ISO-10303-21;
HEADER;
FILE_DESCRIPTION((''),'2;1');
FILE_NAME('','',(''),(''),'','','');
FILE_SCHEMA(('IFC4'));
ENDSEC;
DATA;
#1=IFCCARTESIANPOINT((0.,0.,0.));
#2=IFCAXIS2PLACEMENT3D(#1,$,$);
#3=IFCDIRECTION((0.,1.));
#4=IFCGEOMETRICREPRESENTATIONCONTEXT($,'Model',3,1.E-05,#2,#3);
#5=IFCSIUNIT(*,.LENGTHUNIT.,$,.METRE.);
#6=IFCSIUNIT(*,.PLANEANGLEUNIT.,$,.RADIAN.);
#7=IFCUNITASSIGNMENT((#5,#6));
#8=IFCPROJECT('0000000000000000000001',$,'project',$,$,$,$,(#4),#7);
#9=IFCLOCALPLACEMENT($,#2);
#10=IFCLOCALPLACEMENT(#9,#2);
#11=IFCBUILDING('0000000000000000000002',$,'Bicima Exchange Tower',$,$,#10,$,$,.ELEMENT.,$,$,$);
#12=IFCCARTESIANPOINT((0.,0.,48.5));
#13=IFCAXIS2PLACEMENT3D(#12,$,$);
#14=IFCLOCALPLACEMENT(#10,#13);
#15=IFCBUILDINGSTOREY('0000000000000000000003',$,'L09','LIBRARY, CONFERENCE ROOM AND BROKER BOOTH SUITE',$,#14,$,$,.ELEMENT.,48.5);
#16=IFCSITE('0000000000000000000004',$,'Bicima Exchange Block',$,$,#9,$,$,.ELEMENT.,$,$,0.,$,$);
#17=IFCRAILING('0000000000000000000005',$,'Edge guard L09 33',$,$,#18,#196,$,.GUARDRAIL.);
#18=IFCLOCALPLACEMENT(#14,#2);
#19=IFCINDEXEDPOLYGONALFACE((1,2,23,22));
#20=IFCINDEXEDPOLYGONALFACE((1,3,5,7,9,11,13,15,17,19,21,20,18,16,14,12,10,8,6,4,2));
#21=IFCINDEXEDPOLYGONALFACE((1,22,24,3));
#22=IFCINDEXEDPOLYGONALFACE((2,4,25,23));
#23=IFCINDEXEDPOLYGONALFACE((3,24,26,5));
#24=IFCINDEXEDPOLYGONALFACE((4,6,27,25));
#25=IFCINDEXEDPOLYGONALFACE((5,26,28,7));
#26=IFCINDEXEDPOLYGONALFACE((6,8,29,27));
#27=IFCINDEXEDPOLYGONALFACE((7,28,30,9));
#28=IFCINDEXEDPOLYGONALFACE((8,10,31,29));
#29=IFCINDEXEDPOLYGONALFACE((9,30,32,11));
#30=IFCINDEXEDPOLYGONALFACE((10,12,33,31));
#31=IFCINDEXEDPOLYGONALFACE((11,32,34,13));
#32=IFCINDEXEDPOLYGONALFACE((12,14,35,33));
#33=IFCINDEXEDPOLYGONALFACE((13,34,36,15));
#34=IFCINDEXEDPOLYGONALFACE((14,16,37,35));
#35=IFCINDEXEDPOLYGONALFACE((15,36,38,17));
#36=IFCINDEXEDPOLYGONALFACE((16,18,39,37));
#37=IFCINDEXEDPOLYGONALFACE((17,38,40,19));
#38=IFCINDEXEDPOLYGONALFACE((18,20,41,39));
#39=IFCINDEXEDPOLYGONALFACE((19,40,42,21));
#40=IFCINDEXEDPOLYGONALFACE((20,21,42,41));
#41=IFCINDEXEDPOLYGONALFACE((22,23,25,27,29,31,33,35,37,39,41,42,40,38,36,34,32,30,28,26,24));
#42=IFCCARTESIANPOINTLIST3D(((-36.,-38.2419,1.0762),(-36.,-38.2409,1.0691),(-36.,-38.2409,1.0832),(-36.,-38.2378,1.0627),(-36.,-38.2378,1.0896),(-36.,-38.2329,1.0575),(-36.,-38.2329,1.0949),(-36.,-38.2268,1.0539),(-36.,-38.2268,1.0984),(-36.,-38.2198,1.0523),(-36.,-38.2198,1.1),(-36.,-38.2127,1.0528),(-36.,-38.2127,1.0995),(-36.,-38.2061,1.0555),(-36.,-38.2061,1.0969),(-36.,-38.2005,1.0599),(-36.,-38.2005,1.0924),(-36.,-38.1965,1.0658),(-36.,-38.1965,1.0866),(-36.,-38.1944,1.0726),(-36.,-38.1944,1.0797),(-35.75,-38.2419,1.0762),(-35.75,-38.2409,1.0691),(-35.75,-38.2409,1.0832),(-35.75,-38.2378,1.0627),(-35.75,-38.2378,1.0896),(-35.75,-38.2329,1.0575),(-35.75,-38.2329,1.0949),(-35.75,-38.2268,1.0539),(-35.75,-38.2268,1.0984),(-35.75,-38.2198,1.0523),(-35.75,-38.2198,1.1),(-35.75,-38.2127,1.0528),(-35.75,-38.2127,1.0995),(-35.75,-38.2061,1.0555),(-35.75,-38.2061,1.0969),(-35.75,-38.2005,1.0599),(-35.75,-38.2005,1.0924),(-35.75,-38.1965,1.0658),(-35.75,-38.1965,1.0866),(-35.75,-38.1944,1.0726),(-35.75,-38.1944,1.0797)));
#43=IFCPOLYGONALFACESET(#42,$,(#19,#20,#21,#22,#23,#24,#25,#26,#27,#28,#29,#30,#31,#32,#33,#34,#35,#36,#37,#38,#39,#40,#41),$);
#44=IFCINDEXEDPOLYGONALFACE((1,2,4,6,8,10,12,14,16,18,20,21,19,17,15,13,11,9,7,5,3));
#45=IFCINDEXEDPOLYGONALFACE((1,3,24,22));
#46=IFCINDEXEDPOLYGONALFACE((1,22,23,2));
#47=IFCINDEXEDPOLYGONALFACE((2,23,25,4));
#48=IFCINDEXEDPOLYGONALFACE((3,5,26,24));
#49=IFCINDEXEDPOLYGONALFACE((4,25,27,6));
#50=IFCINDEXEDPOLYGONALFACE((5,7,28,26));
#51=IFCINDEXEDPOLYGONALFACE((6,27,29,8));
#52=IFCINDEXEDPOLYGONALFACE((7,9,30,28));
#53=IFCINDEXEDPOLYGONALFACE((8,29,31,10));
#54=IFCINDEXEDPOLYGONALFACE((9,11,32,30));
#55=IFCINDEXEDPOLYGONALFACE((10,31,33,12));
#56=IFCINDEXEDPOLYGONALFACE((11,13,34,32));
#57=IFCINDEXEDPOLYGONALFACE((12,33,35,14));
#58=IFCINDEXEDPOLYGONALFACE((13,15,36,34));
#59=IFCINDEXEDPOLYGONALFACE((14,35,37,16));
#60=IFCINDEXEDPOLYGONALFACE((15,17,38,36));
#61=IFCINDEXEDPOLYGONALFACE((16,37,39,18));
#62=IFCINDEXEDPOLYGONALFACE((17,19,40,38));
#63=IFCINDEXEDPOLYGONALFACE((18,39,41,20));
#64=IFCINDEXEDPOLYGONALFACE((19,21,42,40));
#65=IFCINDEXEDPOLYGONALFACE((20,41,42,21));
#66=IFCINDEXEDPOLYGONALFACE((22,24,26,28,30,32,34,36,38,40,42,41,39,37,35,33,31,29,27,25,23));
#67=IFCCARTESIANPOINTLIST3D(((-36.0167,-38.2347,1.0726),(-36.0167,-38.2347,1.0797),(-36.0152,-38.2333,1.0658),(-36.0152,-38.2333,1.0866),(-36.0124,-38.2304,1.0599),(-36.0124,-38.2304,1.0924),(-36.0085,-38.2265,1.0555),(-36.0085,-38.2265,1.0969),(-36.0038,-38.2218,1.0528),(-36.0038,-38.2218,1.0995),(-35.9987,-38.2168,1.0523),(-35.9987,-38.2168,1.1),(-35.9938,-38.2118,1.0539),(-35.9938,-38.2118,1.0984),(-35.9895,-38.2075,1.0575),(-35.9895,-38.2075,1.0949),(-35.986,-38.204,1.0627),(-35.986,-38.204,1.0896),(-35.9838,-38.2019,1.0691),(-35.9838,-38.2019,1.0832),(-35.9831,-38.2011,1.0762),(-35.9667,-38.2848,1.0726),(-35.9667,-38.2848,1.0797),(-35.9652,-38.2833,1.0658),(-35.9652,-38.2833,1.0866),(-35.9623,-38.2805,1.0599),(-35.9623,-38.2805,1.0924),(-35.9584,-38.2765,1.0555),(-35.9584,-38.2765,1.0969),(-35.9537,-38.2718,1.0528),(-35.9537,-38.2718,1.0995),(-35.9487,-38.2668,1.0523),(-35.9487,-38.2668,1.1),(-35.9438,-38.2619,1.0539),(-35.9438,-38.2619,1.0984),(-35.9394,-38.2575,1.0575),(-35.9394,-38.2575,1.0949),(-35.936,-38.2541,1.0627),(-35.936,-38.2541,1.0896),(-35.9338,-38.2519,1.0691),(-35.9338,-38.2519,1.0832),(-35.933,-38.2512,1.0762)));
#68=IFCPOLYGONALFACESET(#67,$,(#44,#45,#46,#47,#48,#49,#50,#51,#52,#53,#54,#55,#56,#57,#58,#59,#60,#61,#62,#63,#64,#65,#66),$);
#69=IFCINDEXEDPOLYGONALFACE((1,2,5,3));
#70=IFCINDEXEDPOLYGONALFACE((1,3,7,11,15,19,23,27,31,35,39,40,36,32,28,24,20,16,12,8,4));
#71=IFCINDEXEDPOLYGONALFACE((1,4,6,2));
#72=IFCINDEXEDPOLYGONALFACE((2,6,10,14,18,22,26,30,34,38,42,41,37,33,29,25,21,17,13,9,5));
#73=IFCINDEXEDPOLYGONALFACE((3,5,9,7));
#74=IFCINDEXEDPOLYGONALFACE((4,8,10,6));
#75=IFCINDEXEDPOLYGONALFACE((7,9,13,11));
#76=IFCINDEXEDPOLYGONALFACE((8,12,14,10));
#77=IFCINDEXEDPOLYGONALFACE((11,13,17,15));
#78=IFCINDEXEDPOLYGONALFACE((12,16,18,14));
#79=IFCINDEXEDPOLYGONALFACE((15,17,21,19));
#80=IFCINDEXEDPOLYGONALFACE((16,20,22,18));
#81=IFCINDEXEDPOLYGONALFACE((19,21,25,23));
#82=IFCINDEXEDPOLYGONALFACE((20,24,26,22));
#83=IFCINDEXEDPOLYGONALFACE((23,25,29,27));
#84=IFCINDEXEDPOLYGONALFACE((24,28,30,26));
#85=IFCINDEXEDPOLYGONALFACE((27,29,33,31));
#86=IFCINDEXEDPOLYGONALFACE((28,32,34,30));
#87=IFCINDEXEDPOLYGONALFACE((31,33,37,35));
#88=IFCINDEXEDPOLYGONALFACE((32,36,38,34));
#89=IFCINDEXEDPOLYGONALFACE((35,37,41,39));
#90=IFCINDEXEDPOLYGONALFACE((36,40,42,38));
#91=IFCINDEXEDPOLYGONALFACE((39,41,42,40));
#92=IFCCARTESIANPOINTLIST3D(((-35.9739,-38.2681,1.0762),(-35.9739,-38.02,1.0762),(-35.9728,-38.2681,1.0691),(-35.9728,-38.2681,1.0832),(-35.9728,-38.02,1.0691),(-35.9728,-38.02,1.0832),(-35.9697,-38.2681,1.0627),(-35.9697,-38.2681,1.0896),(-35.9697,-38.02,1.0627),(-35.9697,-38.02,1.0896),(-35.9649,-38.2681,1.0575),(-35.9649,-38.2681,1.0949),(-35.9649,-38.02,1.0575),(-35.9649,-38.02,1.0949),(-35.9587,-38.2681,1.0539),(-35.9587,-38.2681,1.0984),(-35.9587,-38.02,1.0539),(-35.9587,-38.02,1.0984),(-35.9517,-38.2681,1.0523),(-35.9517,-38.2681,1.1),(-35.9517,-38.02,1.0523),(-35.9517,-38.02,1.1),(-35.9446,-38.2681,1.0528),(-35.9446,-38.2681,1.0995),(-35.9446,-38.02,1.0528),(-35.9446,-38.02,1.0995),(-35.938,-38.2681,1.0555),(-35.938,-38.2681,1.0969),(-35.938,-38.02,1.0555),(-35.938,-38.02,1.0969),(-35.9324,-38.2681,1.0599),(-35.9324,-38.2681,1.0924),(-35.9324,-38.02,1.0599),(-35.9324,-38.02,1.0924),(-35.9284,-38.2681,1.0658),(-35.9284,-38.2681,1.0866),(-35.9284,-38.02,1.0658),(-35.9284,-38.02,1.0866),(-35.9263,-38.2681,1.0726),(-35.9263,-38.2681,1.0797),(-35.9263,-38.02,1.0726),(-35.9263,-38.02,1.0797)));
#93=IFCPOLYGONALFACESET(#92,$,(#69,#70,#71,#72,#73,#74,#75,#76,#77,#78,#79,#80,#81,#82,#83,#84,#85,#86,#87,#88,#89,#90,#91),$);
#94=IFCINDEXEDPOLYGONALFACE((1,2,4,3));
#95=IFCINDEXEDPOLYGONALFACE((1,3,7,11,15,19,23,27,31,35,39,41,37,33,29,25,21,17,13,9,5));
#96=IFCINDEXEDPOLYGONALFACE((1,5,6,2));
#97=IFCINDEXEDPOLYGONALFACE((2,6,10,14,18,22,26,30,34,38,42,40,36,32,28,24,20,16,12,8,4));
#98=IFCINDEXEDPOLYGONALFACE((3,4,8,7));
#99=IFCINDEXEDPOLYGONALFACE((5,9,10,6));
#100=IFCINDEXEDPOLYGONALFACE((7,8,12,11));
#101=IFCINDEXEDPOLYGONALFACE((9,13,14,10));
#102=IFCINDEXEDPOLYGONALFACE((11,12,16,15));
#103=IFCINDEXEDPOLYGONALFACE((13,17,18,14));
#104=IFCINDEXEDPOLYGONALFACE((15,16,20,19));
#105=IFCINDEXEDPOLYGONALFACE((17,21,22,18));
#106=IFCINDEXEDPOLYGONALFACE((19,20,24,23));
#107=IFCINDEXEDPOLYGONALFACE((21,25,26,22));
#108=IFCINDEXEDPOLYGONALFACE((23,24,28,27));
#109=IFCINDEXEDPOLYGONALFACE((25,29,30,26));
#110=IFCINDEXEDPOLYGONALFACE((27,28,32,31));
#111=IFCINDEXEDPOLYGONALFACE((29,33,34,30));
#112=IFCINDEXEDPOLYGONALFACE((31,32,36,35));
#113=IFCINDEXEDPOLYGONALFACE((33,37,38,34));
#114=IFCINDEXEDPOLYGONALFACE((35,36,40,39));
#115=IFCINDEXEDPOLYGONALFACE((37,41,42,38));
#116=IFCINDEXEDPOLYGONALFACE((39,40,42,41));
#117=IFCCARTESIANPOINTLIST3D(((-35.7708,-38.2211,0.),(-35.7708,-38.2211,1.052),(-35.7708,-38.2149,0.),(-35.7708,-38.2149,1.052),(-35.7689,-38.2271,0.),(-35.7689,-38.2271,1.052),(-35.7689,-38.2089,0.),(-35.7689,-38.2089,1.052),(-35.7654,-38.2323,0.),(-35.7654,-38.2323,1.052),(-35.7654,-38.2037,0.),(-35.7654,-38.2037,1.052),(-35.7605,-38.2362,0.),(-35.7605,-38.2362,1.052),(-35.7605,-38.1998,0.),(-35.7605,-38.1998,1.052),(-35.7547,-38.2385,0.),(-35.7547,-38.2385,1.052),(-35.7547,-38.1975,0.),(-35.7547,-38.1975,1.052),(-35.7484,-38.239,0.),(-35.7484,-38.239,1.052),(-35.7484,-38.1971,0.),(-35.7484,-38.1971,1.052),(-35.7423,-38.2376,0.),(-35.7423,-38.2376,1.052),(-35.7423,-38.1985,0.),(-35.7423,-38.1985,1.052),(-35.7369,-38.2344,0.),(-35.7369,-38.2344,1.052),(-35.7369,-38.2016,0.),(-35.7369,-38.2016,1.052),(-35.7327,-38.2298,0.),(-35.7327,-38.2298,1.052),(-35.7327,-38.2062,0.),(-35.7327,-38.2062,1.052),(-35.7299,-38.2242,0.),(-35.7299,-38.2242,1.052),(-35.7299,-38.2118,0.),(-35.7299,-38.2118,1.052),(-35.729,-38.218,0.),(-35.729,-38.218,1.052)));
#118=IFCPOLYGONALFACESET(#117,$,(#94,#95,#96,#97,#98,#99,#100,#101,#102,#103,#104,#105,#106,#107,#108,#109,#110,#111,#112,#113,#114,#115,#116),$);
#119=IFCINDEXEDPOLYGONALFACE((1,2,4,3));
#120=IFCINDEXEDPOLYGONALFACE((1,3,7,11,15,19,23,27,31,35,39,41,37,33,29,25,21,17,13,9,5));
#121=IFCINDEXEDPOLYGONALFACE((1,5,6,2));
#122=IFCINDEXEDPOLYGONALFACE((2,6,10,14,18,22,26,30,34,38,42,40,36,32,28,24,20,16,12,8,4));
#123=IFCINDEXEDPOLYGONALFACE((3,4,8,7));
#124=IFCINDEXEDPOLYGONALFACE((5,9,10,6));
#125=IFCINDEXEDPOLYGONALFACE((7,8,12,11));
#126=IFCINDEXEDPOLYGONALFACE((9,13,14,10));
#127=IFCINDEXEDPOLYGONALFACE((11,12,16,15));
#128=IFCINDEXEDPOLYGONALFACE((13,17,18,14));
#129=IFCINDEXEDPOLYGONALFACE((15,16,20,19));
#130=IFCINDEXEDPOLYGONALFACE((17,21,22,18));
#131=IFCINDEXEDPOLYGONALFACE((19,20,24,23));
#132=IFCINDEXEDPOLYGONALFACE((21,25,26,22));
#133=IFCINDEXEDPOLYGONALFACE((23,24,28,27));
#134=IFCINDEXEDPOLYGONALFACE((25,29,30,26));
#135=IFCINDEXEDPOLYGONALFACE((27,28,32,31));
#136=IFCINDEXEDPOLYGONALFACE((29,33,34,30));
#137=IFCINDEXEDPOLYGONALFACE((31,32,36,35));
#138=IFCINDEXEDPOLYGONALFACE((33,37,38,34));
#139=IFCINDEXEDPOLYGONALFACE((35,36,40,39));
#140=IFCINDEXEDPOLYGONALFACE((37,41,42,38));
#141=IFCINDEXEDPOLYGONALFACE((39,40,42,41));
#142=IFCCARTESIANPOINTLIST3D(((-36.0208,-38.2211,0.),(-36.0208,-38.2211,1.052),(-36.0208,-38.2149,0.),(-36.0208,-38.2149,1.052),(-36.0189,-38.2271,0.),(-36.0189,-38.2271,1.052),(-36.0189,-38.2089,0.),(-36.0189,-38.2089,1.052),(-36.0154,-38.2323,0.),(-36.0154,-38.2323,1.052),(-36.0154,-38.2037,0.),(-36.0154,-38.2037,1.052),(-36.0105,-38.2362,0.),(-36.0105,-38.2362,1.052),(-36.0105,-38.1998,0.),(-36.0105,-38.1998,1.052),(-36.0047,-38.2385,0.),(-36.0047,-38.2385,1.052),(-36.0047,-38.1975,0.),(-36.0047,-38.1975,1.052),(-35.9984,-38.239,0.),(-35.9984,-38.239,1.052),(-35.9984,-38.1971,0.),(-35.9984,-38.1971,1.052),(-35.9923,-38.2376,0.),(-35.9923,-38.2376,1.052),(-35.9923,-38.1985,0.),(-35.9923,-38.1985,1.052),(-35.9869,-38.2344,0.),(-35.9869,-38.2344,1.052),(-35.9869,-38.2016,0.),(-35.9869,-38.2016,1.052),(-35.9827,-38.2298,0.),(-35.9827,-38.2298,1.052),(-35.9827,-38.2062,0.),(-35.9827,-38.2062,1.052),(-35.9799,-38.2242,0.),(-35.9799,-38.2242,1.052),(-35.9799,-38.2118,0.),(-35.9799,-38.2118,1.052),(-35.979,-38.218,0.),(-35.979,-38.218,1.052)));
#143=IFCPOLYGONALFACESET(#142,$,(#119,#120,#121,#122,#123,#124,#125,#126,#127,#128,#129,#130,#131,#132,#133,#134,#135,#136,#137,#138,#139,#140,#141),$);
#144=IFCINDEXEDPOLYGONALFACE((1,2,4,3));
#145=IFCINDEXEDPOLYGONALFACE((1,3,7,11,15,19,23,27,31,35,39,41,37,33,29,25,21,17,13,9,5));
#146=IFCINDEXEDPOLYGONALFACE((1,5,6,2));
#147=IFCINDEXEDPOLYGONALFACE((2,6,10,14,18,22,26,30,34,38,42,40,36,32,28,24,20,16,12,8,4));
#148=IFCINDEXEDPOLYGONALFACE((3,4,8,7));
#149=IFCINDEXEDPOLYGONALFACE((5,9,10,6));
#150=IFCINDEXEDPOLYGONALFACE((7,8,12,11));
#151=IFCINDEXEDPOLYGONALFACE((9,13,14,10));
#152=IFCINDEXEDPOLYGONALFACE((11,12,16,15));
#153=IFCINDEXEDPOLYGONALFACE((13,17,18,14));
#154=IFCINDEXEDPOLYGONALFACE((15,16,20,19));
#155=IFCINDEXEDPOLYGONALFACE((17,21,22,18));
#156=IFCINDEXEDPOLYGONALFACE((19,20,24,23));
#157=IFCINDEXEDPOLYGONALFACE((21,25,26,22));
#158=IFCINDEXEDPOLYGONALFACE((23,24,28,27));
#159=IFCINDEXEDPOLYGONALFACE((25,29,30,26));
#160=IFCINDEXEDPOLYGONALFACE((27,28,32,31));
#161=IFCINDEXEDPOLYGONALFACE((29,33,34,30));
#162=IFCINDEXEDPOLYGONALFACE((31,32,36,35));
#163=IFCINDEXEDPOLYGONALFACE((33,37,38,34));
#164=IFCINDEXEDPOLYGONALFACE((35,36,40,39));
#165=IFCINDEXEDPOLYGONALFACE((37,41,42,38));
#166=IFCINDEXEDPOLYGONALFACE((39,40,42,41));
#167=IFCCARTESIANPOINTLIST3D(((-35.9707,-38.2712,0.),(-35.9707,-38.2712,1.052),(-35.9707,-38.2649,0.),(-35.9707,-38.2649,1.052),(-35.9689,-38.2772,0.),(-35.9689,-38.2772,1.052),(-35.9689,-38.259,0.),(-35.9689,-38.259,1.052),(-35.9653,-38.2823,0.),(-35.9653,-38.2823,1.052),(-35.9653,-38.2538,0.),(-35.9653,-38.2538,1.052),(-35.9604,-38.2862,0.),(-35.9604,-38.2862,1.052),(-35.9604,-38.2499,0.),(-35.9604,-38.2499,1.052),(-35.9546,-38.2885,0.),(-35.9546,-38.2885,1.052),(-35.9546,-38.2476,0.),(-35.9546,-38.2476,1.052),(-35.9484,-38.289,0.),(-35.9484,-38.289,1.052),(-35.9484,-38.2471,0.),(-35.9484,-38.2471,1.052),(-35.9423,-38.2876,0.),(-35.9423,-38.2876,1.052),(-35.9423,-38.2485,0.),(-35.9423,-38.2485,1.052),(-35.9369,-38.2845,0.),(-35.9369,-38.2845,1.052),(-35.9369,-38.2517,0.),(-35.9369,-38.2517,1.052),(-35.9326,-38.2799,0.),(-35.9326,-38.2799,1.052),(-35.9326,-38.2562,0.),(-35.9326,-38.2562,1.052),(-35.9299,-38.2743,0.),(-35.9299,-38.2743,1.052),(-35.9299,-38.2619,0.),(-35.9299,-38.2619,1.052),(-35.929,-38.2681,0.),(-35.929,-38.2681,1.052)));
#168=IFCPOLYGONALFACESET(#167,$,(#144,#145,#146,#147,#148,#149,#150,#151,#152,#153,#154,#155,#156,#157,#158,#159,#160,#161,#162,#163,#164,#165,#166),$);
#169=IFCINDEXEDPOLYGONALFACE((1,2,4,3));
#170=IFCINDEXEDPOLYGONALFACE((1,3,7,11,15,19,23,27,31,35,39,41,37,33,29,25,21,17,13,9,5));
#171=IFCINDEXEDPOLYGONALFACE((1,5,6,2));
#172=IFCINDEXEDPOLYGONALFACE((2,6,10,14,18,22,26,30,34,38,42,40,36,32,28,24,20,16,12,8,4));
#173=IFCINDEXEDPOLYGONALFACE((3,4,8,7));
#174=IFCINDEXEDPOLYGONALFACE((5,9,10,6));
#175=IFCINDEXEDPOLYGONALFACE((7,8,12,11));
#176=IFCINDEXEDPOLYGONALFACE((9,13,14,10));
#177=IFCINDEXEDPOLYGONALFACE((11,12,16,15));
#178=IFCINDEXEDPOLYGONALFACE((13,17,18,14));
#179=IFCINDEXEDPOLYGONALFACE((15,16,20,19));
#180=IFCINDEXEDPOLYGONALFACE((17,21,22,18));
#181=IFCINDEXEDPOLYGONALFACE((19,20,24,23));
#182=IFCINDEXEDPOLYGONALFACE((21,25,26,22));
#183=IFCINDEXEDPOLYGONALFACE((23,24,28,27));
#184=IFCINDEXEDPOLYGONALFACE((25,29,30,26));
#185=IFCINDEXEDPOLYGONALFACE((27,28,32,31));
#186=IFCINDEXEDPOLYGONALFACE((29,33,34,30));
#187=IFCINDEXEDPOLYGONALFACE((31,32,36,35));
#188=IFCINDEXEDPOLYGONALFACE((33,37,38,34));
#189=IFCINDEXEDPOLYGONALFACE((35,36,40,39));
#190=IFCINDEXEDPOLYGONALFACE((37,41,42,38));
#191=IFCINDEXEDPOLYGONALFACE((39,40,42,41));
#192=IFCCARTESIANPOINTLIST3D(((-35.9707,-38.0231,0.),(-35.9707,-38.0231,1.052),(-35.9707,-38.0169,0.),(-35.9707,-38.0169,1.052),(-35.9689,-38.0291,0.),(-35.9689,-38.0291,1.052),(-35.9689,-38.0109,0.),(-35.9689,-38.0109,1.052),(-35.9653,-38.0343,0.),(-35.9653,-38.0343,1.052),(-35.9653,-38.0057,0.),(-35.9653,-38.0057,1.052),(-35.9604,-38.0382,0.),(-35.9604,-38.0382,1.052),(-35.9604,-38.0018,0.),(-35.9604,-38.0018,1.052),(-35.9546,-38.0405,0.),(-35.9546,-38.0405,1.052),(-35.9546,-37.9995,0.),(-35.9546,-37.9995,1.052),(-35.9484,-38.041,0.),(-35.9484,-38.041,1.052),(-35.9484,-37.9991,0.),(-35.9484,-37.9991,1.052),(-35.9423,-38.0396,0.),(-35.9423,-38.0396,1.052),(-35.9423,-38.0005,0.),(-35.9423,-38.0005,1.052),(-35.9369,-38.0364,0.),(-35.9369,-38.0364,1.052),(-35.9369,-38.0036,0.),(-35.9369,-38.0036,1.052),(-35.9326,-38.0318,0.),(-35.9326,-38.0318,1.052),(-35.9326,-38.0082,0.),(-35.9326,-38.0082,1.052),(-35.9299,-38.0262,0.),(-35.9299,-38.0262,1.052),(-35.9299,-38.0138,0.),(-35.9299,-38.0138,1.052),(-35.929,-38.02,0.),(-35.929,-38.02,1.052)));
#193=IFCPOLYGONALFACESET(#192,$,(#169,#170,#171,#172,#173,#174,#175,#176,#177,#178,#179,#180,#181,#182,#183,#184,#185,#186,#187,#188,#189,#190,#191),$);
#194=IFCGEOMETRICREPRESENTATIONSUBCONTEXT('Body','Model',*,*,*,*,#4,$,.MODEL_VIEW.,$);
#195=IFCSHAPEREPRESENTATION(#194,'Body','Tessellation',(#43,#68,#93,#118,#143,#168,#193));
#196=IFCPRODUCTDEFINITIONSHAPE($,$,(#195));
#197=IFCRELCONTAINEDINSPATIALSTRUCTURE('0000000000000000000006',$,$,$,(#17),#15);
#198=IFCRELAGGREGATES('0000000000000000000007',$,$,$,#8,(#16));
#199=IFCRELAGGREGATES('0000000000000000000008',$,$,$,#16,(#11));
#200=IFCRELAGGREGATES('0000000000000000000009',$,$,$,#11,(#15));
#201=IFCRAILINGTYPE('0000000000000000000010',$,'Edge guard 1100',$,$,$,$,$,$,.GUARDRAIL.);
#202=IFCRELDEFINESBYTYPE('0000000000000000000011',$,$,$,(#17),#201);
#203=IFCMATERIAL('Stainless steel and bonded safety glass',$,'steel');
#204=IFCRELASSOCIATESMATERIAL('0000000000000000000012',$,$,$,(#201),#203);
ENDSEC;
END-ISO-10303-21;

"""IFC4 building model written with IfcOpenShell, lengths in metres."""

from ifc_helpers import new_model, si_unit, direction, frame, origin, origin_2d, place, context, subcontext, project, spatial, circle, extrude, material, type_object, element, save


model = new_model("IFC4")

# Units and contexts
model_context = context("Model", 3, precision=1e-05, world=origin(), true_north=direction((0.0, 1.0)))
body_context = subcontext(model_context, "Body", "Model", "MODEL_VIEW")
ifc_project = project(units=[si_unit("LENGTHUNIT", "METRE"), si_unit("PLANEANGLEUNIT", "RADIAN")], contexts=[model_context])

# Site, building, storey
site_placement = place(None, origin())
site = spatial("IfcSite", under=ifc_project, at=site_placement, Name="Bicima Exchange Block", CompositionType="ELEMENT", RefElevation=0.0)
building_placement = place(site_placement, origin())
building = spatial("IfcBuilding", under=site, at=building_placement, Name="Bicima Exchange Tower", CompositionType="ELEMENT")
storey_placement = place(building_placement, frame((0.0, 0.0, 48.5)))
storey = spatial("IfcBuildingStorey", under=building, at=storey_placement, Name="L09", Description="LIBRARY, CONFERENCE ROOM AND BROKER BOOTH SUITE", CompositionType="ELEMENT", Elevation=48.5)

# Railing
ifc_material_1 = material(Name="Stainless steel and bonded safety glass", Category="steel")
railing_type = type_object("IfcRailingType", Name="Edge guard 1100", PredefinedType="GUARDRAIL", material=ifc_material_1)
railing_1_placement = place(storey_placement, frame((-35.75, -38.218, 0.0)))
element("IfcRailing", 1, at=railing_1_placement, inside=storey, type_object=railing_type, Name="Edge guard L09 33", PredefinedType="GUARDRAIL", context=body_context, shape_type="SweptSolid", body=[
    extrude(circle(Radius=0.0239, at=origin_2d()), frame((0.0, 0.0, 1.0762), z_axis=(-1.0, 0.0, 0.0), x_axis=(0.0, -1.0, 0.0)), (0.0, 0.0, 1.0), 0.25),
    extrude(circle(Radius=0.0239, at=origin_2d()), frame((-0.25, 0.0, 1.0762), z_axis=(0.707107, -0.707107, 0.0), x_axis=(0.707107, 0.707107, 0.0)), (0.0, 0.0, 1.0), 0.0708),
    extrude(circle(Radius=0.0239, at=origin_2d()), frame((-0.2, -0.05, 1.0762), z_axis=(0.0, 1.0, 0.0), x_axis=(-1.0, 0.0, 0.0)), (0.0, 0.0, 1.0), 0.248),
    extrude(circle(Radius=0.021, at=origin_2d()), origin(), (0.0, 0.0, 1.0), 1.052),
    extrude(circle(Radius=0.021, at=origin_2d()), frame((-0.25, 0.0, 0.0)), (0.0, 0.0, 1.0), 1.052),
    extrude(circle(Radius=0.021, at=origin_2d()), frame((-0.2, -0.05, 0.0)), (0.0, 0.0, 1.0), 1.052),
    extrude(circle(Radius=0.021, at=origin_2d()), frame((-0.2, 0.198, 0.0)), (0.0, 0.0, 1.0), 1.052),
])

save(model, "model.ifc")
